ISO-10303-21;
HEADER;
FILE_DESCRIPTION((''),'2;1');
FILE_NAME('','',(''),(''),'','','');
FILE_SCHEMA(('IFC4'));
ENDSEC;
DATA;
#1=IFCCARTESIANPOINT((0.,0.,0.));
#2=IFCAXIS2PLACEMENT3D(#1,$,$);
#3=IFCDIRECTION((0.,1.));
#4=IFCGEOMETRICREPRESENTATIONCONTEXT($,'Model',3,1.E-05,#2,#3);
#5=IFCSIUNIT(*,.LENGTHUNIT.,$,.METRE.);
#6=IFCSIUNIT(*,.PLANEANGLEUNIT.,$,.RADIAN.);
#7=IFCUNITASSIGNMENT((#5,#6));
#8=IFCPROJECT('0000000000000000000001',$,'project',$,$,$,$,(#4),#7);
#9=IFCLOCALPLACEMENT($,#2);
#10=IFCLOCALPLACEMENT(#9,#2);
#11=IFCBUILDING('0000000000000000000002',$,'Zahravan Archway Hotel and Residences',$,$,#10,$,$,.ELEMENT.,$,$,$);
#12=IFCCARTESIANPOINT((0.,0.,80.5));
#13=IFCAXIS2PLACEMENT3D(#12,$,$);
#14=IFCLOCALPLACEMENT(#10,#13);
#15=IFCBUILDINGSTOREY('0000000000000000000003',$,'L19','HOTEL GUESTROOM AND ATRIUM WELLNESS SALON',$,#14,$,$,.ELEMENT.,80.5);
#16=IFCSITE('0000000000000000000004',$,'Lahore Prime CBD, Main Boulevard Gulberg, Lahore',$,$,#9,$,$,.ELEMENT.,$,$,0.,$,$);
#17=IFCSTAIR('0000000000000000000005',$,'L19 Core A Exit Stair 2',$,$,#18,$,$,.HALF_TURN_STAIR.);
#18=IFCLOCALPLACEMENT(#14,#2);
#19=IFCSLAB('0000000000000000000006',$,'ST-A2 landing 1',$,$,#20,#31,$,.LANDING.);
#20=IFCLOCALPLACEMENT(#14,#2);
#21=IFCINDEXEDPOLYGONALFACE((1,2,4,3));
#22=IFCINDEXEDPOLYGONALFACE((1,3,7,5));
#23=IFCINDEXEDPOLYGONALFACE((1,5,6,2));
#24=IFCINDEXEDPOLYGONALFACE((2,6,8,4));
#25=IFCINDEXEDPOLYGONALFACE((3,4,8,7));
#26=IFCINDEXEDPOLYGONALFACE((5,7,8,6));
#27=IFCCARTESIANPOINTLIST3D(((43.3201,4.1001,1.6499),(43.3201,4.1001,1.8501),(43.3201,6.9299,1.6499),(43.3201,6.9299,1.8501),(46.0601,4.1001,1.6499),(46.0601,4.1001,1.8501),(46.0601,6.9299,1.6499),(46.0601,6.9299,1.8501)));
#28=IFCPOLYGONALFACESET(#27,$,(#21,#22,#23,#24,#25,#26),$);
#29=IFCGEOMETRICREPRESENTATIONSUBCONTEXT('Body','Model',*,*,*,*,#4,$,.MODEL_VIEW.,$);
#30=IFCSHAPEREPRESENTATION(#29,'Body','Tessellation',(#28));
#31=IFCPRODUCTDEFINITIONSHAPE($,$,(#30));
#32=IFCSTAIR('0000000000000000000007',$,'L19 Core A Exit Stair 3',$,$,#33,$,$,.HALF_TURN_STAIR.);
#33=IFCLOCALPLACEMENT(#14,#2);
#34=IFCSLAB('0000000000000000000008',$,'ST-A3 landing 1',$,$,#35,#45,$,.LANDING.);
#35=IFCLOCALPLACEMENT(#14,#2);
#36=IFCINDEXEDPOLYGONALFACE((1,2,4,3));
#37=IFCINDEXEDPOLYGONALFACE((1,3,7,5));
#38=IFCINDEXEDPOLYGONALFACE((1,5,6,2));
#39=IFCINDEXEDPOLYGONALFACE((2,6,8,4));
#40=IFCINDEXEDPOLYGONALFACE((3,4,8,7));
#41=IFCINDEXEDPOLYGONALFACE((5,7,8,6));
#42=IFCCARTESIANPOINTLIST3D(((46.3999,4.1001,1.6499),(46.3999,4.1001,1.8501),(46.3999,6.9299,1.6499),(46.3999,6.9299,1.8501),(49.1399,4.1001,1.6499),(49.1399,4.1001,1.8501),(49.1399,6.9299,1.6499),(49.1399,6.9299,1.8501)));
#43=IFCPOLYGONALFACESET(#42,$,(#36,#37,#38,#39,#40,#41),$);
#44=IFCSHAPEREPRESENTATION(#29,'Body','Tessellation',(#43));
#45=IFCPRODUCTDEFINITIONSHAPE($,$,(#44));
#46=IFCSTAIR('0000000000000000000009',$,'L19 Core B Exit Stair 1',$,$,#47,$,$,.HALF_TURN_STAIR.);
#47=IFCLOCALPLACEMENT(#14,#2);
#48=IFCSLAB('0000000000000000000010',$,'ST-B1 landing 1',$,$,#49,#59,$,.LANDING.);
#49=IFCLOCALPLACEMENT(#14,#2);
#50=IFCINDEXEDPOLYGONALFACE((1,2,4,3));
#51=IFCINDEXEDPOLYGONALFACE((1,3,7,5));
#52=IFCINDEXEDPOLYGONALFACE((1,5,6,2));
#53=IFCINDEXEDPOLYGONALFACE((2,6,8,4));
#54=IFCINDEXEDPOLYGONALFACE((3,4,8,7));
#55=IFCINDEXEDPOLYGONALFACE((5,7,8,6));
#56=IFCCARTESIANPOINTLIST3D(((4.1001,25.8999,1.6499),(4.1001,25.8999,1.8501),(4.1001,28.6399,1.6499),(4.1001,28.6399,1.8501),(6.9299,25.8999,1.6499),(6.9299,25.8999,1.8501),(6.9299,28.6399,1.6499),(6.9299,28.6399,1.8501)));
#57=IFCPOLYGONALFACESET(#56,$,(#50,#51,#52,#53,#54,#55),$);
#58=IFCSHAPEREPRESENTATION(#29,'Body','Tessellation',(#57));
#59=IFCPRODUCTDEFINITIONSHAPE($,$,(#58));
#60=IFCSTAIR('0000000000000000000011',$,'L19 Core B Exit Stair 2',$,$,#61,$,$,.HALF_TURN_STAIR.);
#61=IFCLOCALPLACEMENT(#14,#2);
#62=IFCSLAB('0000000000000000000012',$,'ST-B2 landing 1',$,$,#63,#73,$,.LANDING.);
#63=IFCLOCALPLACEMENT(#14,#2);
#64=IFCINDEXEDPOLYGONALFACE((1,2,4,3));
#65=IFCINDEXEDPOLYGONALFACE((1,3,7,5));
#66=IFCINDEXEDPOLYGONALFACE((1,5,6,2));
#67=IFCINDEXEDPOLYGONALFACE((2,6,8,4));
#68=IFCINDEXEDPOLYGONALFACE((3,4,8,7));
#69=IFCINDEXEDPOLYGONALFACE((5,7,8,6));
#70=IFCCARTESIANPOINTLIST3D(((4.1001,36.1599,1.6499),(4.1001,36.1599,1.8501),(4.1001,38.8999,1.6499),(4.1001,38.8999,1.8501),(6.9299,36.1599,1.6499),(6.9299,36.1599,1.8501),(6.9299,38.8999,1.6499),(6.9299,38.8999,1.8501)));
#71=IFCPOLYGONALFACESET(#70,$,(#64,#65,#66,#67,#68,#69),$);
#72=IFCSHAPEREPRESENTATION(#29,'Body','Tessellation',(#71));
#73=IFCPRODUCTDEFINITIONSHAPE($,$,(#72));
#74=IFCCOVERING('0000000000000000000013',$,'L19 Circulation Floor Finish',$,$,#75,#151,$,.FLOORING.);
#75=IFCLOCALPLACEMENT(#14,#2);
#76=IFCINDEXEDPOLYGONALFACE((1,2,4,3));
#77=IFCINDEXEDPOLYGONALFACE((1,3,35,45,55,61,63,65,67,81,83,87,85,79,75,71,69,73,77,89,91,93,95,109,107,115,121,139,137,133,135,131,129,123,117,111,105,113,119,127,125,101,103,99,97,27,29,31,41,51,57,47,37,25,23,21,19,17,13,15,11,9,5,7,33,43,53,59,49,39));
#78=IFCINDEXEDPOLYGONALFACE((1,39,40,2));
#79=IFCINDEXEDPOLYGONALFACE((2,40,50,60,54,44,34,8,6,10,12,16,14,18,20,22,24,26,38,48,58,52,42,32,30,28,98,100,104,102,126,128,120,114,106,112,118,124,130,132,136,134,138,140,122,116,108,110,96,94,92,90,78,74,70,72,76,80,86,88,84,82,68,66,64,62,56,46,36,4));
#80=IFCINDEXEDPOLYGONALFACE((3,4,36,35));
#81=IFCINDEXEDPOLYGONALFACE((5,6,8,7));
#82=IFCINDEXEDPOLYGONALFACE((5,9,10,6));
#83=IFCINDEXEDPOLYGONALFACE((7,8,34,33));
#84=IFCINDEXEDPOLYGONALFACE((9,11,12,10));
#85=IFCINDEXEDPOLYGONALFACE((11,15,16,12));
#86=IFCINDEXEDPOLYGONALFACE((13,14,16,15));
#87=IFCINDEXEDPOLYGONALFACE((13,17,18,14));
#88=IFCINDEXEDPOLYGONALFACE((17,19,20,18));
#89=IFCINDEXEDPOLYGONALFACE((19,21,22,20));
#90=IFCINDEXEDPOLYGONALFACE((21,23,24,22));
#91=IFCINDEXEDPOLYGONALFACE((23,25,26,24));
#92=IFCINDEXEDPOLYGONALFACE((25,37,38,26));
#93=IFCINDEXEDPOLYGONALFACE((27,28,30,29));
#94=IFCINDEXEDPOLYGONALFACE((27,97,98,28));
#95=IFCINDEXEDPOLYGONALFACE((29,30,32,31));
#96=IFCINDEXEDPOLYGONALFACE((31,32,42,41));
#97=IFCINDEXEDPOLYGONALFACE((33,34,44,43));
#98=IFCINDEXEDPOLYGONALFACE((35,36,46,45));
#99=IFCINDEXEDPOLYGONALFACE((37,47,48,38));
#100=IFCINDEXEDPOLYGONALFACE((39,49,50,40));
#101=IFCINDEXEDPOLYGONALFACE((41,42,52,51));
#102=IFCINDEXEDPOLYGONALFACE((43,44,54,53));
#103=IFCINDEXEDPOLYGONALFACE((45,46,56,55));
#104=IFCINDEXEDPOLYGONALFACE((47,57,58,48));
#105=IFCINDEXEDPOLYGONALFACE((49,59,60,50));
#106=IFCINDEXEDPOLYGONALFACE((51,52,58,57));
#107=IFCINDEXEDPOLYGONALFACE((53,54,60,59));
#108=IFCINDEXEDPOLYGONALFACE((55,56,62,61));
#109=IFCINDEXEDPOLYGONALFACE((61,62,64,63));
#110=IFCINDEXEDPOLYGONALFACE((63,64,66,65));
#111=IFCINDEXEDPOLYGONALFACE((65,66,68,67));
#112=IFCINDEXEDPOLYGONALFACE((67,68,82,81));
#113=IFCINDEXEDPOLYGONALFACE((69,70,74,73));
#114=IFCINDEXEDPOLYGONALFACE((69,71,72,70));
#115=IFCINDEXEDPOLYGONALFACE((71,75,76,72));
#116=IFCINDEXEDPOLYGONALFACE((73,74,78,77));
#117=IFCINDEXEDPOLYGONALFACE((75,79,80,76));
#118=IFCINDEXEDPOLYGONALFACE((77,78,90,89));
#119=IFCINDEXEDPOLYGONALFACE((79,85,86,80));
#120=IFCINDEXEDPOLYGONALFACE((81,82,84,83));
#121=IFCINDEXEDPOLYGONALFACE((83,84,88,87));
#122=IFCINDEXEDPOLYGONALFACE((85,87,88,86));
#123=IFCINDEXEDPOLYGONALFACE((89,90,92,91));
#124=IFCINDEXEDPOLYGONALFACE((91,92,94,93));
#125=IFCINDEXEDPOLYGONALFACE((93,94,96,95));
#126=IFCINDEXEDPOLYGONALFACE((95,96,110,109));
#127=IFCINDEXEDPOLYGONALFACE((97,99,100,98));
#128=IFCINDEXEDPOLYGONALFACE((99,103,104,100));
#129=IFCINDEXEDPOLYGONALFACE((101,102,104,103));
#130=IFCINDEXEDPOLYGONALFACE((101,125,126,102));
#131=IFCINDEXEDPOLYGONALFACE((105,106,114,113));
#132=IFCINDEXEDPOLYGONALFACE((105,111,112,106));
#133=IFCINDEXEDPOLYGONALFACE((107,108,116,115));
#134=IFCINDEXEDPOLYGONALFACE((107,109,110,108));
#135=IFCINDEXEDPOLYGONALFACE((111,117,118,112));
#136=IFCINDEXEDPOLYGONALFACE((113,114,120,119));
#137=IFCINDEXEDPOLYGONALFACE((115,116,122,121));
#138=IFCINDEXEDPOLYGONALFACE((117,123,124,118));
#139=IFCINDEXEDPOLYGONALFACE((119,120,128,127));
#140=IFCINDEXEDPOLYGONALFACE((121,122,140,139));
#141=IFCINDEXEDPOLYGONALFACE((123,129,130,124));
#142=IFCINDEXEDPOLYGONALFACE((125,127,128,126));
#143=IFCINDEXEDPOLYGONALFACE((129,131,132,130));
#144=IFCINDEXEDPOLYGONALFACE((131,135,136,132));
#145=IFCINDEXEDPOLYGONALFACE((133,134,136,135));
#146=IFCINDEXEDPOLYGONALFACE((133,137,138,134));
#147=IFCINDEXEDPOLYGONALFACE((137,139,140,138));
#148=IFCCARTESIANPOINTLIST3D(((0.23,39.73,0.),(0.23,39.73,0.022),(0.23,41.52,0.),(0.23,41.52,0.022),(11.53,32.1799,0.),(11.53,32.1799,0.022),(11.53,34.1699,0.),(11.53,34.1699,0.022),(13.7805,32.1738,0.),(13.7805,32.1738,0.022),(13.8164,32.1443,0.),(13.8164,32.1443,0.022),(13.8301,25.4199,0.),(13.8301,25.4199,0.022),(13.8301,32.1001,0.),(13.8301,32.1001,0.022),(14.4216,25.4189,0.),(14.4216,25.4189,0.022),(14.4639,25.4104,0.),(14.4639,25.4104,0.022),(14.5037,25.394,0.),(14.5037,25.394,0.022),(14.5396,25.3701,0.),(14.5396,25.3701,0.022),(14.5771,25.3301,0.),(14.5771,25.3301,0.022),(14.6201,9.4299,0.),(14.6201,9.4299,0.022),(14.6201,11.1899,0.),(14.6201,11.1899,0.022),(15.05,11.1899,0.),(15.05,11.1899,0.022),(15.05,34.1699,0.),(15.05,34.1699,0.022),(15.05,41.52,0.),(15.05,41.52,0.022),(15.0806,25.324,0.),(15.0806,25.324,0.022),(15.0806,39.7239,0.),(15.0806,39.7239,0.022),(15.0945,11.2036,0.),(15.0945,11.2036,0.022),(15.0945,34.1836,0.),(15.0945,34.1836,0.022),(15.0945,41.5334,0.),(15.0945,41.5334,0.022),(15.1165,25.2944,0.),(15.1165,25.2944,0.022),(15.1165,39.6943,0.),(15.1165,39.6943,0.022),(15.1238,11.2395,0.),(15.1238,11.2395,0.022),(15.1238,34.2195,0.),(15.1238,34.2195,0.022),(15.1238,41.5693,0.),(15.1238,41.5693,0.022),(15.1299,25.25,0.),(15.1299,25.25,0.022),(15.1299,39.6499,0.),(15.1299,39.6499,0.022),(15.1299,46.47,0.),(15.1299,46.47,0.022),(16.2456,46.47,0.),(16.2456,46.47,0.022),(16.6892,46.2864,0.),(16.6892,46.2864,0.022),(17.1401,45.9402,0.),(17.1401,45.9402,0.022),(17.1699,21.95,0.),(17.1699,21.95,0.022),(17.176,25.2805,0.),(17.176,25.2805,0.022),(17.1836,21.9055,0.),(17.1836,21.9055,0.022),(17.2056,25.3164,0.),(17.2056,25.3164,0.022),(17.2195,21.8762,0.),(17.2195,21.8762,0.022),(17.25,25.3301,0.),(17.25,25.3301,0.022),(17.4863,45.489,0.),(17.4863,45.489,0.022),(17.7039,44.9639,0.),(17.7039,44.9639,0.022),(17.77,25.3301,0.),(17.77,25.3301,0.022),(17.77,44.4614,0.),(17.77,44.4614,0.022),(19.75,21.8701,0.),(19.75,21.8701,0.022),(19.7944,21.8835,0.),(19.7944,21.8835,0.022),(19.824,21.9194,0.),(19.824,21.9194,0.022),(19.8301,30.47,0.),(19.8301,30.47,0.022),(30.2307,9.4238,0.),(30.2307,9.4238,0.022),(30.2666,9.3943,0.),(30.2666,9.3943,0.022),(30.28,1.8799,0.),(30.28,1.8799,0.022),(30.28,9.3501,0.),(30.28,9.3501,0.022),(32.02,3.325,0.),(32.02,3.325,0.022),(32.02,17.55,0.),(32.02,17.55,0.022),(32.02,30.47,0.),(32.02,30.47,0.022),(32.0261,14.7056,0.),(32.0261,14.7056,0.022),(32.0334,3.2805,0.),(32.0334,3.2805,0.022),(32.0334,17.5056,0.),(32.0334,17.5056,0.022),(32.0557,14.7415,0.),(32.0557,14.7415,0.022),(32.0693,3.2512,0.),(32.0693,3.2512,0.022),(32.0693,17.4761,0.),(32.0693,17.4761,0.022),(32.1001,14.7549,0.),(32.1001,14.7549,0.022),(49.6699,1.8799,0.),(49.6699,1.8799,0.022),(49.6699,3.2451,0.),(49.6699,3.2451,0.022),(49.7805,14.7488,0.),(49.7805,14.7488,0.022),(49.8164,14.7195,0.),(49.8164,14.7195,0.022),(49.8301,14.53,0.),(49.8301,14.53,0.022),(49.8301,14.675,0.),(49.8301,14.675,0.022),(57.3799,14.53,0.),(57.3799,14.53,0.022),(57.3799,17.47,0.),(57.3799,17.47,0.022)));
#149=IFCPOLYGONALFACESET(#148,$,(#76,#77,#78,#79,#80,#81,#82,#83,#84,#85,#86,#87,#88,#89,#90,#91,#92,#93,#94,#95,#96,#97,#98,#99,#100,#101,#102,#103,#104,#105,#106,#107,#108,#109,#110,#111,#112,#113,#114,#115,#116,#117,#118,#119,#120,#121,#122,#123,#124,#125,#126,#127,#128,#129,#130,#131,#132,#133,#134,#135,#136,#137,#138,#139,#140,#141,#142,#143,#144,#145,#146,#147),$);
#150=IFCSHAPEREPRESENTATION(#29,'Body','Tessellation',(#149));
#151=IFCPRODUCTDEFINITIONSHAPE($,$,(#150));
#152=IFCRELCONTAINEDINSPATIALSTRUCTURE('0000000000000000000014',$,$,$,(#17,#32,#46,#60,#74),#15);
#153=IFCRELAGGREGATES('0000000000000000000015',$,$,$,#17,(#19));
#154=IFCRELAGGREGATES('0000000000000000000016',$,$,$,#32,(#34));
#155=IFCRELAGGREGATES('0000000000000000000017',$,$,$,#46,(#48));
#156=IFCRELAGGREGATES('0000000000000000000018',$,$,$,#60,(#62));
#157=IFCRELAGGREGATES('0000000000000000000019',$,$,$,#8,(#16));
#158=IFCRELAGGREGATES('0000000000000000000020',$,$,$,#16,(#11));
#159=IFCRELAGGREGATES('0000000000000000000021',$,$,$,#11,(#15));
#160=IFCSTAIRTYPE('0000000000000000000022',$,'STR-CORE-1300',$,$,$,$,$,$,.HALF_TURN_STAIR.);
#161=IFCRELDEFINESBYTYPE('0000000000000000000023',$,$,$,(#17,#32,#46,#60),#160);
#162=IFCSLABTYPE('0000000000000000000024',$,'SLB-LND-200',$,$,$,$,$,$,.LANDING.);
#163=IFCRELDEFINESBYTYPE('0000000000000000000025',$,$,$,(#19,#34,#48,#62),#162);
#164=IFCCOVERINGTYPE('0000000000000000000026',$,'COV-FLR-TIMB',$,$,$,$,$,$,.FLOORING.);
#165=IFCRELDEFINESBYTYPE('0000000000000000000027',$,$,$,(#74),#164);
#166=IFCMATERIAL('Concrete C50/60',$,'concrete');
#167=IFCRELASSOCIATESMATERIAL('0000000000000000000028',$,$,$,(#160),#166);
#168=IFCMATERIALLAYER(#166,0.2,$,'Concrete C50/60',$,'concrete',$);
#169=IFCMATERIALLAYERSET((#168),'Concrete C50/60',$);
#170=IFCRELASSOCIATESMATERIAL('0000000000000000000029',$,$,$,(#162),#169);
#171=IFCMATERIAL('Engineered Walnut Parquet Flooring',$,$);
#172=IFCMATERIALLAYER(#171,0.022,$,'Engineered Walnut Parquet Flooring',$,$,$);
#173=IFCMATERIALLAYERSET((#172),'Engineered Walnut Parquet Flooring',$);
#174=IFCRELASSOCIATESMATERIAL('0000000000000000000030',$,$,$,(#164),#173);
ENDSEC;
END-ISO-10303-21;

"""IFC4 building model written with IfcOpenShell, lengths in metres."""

from ifc_helpers import new_model, si_unit, direction, frame, origin, place, context, subcontext, project, spatial, polyline, outline, extrude, material, layer, layer_set, type_object, element, aggregate, save


model = new_model("IFC4")

# Units and contexts
model_context = context("Model", 3, precision=1e-05, world=origin(), true_north=direction((0.0, 1.0)))
body_context = subcontext(model_context, "Body", "Model", "MODEL_VIEW")
ifc_project = project(units=[si_unit("LENGTHUNIT", "METRE"), si_unit("PLANEANGLEUNIT", "RADIAN")], contexts=[model_context])

# Site, building, storey
site_placement = place(None, origin())
site = spatial("IfcSite", under=ifc_project, at=site_placement, Name="Lahore Prime CBD, Main Boulevard Gulberg, Lahore", CompositionType="ELEMENT", RefElevation=0.0)
building_placement = place(site_placement, origin())
building = spatial("IfcBuilding", under=site, at=building_placement, Name="Zahravan Archway Hotel and Residences", CompositionType="ELEMENT")
storey_placement = place(building_placement, frame((0.0, 0.0, 80.5)))
storey = spatial("IfcBuildingStorey", under=building, at=storey_placement, Name="L19", Description="HOTEL GUESTROOM AND ATRIUM WELLNESS SALON", CompositionType="ELEMENT", Elevation=80.5)

# Stairs, slabs
ifc_material_1 = material(Name="Concrete C50/60", Category="concrete")
stair_type = type_object("IfcStairType", Name="STR-CORE-1300", PredefinedType="HALF_TURN_STAIR", material=ifc_material_1)
ifc_layer_1 = layer(ifc_material_1, 0.2, Name="Concrete C50/60", Category="concrete")
ifc_layer_set_1 = layer_set([ifc_layer_1], Name="Concrete C50/60")
slab_type_1 = type_object("IfcSlabType", Name="SLB-LND-200", PredefinedType="LANDING", material=ifc_layer_set_1)
stair_1_placement = place(storey_placement, origin())
stair_1 = element("IfcStair", 1, at=stair_1_placement, inside=storey, type_object=stair_type, Name="L19 Core A Exit Stair 2", PredefinedType="HALF_TURN_STAIR")
slab_1_placement = place(storey_placement, frame((0.0, 0.0, 1.6499)))
slab_1 = element("IfcSlab", 2, at=slab_1_placement, type_object=slab_type_1, Name="ST-A2 landing 1", PredefinedType="LANDING", context=body_context, shape_type="SweptSolid", body=[
    extrude(outline(polyline([(43.3201, 6.9299), (43.3201, 4.1001), (46.0601, 4.1001), (46.0601, 6.9299), (43.3201, 6.9299)])), origin(), (0.0, 0.0, 1.0), 0.2002),
])
aggregate(stair_1, [slab_1])
stair_2_placement = place(storey_placement, origin())
stair_2 = element("IfcStair", 3, at=stair_2_placement, inside=storey, type_object=stair_type, Name="L19 Core A Exit Stair 3", PredefinedType="HALF_TURN_STAIR")
slab_2_placement = place(storey_placement, frame((0.0, 0.0, 1.6499)))
slab_2 = element("IfcSlab", 4, at=slab_2_placement, type_object=slab_type_1, Name="ST-A3 landing 1", PredefinedType="LANDING", context=body_context, shape_type="SweptSolid", body=[
    extrude(outline(polyline([(46.3999, 6.9299), (46.3999, 4.1001), (49.1399, 4.1001), (49.1399, 6.9299), (46.3999, 6.9299)])), origin(), (0.0, 0.0, 1.0), 0.2002),
])
aggregate(stair_2, [slab_2])
stair_3_placement = place(storey_placement, origin())
stair_3 = element("IfcStair", 5, at=stair_3_placement, inside=storey, type_object=stair_type, Name="L19 Core B Exit Stair 1", PredefinedType="HALF_TURN_STAIR")
slab_3_placement = place(storey_placement, frame((0.0, 0.0, 1.6499)))
slab_3 = element("IfcSlab", 6, at=slab_3_placement, type_object=slab_type_1, Name="ST-B1 landing 1", PredefinedType="LANDING", context=body_context, shape_type="SweptSolid", body=[
    extrude(outline(polyline([(6.9299, 28.6399), (4.1001, 28.6399), (4.1001, 25.8999), (6.9299, 25.8999), (6.9299, 28.6399)])), origin(), (0.0, 0.0, 1.0), 0.2002),
])
aggregate(stair_3, [slab_3])
stair_4_placement = place(storey_placement, origin())
stair_4 = element("IfcStair", 7, at=stair_4_placement, inside=storey, type_object=stair_type, Name="L19 Core B Exit Stair 2", PredefinedType="HALF_TURN_STAIR")
slab_4_placement = place(storey_placement, frame((0.0, 0.0, 1.6499)))
slab_4 = element("IfcSlab", 8, at=slab_4_placement, type_object=slab_type_1, Name="ST-B2 landing 1", PredefinedType="LANDING", context=body_context, shape_type="SweptSolid", body=[
    extrude(outline(polyline([(6.9299, 38.8999), (4.1001, 38.8999), (4.1001, 36.1599), (6.9299, 36.1599), (6.9299, 38.8999)])), origin(), (0.0, 0.0, 1.0), 0.2002),
])
aggregate(stair_4, [slab_4])

# Covering
ifc_material_2 = material(Name="Engineered Walnut Parquet Flooring")
ifc_layer_2 = layer(ifc_material_2, 0.022, Name="Engineered Walnut Parquet Flooring")
ifc_layer_set_2 = layer_set([ifc_layer_2], Name="Engineered Walnut Parquet Flooring")
covering_type = type_object("IfcCoveringType", Name="COV-FLR-TIMB", PredefinedType="FLOORING", material=ifc_layer_set_2)
covering_placement = place(storey_placement, origin())
element("IfcCovering", 9, at=covering_placement, inside=storey, type_object=covering_type, Name="L19 Circulation Floor Finish", PredefinedType="FLOORING", context=body_context, shape_type="SweptSolid", body=[
    extrude(outline(polyline([(30.28, 1.8799), (30.28, 9.3501), (30.2666, 9.3943), (30.2307, 9.4238), (14.6201, 9.4299), (14.6201, 11.1899), (15.05, 11.1899), (15.0945, 11.2036), (15.1238, 11.2395), (15.1299, 25.25), (15.1165, 25.2944), (15.0806, 25.324), (14.5771, 25.3301), (14.5396, 25.3701), (14.5037, 25.394), (14.4639, 25.4104), (14.4216, 25.4189), (13.8301, 25.4199), (13.8301, 32.1001), (13.8164, 32.1443), (13.7805, 32.1738), (11.53, 32.1799), (11.53, 34.1699), (15.05, 34.1699), (15.0945, 34.1836), (15.1238, 34.2195), (15.1299, 39.6499), (15.1165, 39.6943), (15.0806, 39.7239), (0.23, 39.73), (0.23, 41.52), (15.05, 41.52), (15.0945, 41.5334), (15.1238, 41.5693), (15.1299, 46.47), (16.2456, 46.47), (16.6892, 46.2864), (17.1401, 45.9402), (17.4863, 45.489), (17.7039, 44.9639), (17.77, 44.4614), (17.77, 25.3301), (17.25, 25.3301), (17.2056, 25.3164), (17.176, 25.2805), (17.1699, 21.95), (17.1836, 21.9055), (17.2195, 21.8762), (19.75, 21.8701), (19.7944, 21.8835), (19.824, 21.9194), (19.8301, 30.47), (32.02, 30.47), (32.02, 17.55), (32.0334, 17.5056), (32.0693, 17.4761), (57.3799, 17.47), (57.3799, 14.53), (49.8301, 14.53), (49.8301, 14.675), (49.8164, 14.7195), (49.7805, 14.7488), (32.1001, 14.7549), (32.0557, 14.7415), (32.0261, 14.7056), (32.02, 3.325), (32.0334, 3.2805), (32.0693, 3.2512), (49.6699, 3.2451), (49.6699, 1.8799), (30.28, 1.8799)])), origin(), (0.0, 0.0, 1.0), 0.022),
])

save(model, "model.ifc")
